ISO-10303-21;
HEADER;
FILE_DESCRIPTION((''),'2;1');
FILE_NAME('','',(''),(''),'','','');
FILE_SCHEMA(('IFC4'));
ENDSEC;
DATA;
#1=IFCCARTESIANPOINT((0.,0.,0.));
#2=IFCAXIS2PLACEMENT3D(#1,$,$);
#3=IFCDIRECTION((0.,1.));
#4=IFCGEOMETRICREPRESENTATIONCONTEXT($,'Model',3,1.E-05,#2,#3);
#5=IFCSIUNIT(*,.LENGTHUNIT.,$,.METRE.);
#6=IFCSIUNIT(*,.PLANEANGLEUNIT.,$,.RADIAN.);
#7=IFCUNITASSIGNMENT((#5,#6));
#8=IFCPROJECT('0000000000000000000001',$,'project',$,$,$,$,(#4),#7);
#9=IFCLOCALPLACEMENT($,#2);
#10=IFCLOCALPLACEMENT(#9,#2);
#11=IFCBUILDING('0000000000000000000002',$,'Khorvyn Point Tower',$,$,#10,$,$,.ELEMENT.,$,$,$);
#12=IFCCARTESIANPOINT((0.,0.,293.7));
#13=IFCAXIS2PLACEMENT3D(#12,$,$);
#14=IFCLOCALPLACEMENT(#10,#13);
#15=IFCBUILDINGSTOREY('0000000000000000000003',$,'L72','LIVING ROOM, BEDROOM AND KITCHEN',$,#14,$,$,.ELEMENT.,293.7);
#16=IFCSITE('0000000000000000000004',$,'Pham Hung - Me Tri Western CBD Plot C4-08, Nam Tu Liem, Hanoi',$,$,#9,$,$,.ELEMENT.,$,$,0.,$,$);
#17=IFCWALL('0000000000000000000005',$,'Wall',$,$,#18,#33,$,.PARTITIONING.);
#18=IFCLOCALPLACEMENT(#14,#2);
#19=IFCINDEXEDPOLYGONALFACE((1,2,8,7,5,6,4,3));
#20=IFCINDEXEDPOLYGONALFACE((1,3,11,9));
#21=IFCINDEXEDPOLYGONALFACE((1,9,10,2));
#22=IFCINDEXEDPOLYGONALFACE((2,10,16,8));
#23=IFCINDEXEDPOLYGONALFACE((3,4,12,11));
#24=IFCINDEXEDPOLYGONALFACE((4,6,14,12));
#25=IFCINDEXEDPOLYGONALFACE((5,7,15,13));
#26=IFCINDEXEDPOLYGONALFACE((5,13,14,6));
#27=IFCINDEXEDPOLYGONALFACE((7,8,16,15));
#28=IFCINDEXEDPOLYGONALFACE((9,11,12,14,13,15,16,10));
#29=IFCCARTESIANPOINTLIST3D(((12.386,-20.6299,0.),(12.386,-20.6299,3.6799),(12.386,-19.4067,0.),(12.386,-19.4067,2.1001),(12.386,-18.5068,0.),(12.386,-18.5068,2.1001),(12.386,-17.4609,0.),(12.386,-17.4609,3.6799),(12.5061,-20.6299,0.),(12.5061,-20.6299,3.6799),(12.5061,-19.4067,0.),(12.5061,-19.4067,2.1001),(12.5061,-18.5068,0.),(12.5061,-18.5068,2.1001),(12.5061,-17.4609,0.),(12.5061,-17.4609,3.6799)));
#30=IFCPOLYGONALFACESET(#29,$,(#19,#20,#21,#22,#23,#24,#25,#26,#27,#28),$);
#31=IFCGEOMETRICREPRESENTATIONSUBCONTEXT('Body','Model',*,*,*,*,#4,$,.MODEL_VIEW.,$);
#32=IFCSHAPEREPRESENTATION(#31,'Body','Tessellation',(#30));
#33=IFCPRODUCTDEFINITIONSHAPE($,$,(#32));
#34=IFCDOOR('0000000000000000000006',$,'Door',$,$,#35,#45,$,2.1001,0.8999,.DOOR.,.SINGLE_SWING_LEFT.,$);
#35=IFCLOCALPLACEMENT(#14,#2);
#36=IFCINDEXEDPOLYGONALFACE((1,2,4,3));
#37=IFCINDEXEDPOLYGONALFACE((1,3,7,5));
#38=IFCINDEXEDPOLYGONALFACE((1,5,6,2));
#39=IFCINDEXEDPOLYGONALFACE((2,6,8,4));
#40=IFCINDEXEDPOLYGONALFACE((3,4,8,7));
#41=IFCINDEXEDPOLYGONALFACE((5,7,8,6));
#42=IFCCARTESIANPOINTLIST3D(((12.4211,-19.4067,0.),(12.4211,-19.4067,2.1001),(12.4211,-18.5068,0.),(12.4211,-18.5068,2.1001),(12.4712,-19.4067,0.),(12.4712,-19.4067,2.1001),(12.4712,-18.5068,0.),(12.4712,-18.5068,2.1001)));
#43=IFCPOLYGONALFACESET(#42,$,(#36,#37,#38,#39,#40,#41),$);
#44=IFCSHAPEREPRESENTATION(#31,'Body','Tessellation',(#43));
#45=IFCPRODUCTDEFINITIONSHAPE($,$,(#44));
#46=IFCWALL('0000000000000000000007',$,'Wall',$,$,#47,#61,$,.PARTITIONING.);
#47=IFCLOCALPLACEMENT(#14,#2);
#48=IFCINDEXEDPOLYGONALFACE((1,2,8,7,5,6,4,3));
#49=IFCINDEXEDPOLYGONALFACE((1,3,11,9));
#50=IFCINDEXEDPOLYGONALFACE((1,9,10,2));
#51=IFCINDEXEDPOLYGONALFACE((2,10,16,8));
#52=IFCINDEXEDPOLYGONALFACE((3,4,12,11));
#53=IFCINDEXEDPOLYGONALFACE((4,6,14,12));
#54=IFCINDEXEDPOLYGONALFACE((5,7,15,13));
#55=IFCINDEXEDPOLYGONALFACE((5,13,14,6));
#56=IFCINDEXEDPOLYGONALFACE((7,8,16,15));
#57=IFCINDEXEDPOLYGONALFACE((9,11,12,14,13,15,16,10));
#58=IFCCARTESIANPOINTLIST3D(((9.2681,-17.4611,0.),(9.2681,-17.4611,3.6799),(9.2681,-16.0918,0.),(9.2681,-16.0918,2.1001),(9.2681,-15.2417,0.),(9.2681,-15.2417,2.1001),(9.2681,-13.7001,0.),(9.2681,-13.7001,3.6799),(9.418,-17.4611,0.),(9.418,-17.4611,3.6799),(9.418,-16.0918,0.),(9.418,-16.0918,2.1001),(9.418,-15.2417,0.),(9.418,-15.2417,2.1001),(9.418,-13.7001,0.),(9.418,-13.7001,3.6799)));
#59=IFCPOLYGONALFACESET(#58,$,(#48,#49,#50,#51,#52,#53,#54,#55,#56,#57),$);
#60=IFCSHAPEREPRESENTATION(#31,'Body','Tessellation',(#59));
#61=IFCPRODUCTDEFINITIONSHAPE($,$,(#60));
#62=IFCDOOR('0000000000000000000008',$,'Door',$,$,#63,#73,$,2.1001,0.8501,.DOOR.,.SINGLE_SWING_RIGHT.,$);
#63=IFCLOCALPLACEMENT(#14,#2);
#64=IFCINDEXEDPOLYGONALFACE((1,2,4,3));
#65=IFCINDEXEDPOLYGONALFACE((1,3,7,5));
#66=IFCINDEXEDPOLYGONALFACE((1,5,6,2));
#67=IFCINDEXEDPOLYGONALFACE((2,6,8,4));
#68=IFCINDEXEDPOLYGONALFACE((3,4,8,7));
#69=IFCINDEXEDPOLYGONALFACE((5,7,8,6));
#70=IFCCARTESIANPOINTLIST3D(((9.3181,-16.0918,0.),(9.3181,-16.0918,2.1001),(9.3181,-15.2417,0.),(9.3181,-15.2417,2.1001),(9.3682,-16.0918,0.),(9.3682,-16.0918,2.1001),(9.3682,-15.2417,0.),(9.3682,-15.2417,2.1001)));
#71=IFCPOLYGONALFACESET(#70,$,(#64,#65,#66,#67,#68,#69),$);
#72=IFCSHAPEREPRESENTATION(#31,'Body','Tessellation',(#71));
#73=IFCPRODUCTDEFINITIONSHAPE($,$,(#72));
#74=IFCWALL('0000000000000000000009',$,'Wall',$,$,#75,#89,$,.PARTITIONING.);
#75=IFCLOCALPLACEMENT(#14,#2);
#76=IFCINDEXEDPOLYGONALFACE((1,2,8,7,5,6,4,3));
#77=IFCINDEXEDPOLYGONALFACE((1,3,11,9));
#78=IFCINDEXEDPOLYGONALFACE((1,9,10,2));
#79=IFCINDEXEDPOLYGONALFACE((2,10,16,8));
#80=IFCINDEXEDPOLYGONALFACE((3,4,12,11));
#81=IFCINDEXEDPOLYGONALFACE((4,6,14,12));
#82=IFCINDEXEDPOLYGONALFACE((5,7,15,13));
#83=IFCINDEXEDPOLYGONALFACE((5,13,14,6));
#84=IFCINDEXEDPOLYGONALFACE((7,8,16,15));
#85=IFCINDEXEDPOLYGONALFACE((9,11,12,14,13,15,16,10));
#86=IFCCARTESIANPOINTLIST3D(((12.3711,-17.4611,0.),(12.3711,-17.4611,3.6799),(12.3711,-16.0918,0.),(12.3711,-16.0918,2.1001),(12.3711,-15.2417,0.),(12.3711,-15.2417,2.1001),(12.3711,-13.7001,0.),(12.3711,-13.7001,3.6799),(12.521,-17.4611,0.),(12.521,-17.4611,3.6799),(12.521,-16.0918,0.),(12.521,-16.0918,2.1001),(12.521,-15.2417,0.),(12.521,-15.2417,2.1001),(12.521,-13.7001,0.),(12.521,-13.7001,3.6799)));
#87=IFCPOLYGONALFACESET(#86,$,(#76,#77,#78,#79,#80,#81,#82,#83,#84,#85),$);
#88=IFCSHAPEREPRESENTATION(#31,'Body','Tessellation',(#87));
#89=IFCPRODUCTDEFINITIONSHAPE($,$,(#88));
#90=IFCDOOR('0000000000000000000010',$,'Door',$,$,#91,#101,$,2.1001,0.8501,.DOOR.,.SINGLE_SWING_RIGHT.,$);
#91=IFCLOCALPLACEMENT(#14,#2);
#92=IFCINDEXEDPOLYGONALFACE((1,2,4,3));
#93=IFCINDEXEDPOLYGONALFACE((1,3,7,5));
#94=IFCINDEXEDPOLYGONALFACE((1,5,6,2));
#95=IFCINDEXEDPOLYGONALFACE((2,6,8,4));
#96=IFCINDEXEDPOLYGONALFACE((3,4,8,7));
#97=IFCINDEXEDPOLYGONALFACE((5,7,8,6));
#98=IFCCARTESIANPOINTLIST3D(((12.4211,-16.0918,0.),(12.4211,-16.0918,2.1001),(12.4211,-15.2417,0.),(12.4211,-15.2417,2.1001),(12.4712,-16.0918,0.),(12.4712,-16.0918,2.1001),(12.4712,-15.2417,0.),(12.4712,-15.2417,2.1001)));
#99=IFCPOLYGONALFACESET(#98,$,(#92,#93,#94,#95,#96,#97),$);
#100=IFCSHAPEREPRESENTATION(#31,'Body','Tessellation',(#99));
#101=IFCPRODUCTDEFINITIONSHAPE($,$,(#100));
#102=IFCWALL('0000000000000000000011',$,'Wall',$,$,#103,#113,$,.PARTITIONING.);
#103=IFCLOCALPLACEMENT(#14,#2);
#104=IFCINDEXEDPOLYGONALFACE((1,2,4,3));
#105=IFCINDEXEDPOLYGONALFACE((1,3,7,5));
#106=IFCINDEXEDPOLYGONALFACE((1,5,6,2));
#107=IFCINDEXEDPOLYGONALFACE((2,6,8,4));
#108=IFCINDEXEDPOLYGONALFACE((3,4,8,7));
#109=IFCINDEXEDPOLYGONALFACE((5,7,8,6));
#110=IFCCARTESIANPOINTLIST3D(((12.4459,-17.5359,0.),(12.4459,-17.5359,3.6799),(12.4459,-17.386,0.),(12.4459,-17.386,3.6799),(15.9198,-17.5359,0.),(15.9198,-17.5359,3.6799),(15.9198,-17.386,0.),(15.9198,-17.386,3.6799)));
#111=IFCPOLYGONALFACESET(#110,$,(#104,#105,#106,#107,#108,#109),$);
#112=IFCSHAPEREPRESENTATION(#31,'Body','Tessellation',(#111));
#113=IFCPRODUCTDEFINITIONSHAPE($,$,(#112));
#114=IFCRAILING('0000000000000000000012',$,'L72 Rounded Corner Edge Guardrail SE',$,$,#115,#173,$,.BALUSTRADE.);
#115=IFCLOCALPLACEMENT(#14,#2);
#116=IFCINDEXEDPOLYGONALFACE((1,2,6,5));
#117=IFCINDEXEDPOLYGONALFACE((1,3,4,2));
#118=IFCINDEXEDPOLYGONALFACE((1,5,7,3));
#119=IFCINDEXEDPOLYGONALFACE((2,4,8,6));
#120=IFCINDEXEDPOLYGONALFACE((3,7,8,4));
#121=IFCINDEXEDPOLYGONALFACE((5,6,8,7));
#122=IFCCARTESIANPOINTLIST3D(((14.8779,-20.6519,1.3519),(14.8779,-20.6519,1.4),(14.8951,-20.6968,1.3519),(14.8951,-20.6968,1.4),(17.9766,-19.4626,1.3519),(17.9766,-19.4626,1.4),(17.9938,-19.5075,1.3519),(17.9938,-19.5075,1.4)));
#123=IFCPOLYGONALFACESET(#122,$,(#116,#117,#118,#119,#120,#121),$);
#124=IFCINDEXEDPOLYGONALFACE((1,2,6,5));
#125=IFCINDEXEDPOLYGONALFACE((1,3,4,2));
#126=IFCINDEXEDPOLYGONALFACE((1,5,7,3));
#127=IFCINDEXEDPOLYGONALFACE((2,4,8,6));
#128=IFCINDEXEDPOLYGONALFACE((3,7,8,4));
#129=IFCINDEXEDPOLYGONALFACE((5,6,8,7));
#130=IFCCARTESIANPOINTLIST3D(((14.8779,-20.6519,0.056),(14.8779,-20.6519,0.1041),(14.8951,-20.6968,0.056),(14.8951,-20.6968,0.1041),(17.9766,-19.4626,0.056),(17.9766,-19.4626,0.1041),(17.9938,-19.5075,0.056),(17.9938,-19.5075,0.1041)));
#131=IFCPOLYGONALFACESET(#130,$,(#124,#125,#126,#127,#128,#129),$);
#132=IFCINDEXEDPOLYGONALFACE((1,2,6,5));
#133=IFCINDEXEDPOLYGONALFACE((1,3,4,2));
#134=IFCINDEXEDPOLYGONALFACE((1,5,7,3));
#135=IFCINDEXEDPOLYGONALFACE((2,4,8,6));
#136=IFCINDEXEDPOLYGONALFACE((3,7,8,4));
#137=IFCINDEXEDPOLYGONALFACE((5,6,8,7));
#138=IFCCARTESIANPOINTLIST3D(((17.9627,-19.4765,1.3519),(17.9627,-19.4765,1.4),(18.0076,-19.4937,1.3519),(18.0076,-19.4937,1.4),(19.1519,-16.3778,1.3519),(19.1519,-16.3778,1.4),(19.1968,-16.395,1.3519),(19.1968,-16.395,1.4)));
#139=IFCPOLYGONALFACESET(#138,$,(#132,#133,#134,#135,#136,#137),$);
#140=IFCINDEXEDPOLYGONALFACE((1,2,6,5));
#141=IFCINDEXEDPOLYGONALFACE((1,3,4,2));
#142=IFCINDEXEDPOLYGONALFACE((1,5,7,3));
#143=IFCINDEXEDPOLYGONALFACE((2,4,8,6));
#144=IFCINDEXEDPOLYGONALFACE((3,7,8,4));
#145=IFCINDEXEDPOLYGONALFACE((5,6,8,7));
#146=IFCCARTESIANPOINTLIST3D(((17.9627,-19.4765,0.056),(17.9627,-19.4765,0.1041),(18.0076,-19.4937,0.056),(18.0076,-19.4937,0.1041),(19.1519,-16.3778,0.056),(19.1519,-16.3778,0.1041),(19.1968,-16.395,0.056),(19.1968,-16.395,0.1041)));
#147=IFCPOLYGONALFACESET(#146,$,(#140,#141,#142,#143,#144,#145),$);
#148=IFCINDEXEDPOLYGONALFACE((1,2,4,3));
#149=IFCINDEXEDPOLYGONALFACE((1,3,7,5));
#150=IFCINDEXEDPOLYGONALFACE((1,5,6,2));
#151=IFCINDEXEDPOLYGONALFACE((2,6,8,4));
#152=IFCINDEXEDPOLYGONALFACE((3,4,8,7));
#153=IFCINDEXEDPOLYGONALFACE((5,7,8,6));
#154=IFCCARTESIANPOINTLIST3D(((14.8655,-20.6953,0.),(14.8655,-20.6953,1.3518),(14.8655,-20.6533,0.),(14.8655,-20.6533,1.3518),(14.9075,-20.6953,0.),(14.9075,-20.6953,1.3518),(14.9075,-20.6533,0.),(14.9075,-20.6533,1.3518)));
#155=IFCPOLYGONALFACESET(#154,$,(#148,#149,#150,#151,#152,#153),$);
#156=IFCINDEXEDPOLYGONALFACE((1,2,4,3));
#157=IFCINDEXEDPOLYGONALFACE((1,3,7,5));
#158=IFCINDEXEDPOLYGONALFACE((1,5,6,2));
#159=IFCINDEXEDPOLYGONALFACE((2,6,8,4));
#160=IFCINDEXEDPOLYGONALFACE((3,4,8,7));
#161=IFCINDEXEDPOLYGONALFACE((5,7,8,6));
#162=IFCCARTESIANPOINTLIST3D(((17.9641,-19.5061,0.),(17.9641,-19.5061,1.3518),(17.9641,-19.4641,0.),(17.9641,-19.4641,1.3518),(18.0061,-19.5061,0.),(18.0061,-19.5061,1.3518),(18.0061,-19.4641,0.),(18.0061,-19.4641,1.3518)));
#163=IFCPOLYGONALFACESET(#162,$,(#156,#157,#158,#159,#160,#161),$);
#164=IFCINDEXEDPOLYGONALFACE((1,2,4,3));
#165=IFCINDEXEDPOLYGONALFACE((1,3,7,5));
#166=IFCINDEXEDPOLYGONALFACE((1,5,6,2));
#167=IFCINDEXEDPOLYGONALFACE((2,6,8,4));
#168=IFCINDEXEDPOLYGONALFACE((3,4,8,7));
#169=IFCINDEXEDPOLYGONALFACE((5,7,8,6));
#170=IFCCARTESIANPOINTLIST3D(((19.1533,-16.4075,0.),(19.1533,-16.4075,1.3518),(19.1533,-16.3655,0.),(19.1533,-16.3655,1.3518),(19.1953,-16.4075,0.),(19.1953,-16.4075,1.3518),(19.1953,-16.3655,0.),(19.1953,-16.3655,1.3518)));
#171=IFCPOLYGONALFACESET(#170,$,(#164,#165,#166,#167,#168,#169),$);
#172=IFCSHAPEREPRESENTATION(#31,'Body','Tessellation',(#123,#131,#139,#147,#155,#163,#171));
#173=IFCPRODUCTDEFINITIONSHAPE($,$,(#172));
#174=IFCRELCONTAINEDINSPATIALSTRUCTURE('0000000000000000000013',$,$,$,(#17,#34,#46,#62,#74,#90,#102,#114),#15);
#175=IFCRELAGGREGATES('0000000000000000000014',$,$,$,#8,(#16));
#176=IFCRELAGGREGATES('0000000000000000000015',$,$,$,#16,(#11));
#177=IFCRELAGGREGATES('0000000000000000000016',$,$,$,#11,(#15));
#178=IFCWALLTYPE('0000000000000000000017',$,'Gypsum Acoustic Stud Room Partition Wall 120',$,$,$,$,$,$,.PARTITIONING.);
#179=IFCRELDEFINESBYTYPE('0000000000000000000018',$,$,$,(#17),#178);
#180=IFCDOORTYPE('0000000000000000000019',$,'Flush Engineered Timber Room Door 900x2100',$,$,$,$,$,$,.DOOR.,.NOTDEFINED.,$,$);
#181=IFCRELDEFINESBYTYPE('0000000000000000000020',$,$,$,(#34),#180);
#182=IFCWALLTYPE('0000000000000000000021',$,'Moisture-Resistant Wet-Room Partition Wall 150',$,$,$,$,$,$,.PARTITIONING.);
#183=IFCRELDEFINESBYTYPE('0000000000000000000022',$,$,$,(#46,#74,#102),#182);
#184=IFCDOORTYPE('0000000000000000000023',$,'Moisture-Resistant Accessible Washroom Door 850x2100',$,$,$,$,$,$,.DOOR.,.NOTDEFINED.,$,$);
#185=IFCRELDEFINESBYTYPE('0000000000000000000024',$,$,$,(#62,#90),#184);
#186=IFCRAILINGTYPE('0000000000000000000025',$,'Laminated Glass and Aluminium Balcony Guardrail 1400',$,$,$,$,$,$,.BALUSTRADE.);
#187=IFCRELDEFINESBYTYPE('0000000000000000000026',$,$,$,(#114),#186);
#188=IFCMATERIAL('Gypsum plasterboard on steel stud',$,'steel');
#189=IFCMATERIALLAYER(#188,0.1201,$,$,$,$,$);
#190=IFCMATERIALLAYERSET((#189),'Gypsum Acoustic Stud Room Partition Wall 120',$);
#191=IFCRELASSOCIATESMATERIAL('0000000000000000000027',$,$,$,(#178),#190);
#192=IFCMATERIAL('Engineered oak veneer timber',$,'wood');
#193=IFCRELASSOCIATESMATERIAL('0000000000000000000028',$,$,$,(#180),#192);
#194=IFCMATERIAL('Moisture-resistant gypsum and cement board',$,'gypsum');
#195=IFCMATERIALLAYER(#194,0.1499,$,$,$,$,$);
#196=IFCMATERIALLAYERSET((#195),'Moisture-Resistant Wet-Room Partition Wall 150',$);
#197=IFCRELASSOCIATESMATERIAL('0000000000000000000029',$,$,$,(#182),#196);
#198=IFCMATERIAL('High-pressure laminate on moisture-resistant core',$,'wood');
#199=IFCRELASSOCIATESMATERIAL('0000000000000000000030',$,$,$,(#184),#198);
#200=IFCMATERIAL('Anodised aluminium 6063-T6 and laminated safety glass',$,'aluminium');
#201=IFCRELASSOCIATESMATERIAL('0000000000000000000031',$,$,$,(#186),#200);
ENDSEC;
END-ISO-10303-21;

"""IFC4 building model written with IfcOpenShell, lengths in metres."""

from ifc_helpers import new_model, si_unit, direction, frame, frame_2d, origin, origin_2d, place, context, subcontext, project, spatial, rectangle, extrude, material, layer, layer_set, type_object, element, fill, save


model = new_model("IFC4")

# Units and contexts
model_context = context("Model", 3, precision=1e-05, world=origin(), true_north=direction((0.0, 1.0)))
body_context = subcontext(model_context, "Body", "Model", "MODEL_VIEW")
ifc_project = project(units=[si_unit("LENGTHUNIT", "METRE"), si_unit("PLANEANGLEUNIT", "RADIAN")], contexts=[model_context])

# Site, building, storey
site_placement = place(None, origin())
site = spatial("IfcSite", under=ifc_project, at=site_placement, Name="Pham Hung - Me Tri Western CBD Plot C4-08, Nam Tu Liem, Hanoi", CompositionType="ELEMENT", RefElevation=0.0)
building_placement = place(site_placement, origin())
building = spatial("IfcBuilding", under=site, at=building_placement, Name="Khorvyn Point Tower", CompositionType="ELEMENT")
storey_placement = place(building_placement, frame((0.0, 0.0, 293.7)))
storey = spatial("IfcBuildingStorey", under=building, at=storey_placement, Name="L72", Description="LIVING ROOM, BEDROOM AND KITCHEN", CompositionType="ELEMENT", Elevation=293.7)

# Walls, openings, doors
ifc_material_1 = material(Name="Gypsum plasterboard on steel stud", Category="steel")
ifc_layer_1 = layer(ifc_material_1, 0.1201)
ifc_layer_set_1 = layer_set([ifc_layer_1], Name="Gypsum Acoustic Stud Room Partition Wall 120")
wall_type_1 = type_object("IfcWallType", Name="Gypsum Acoustic Stud Room Partition Wall 120", PredefinedType="PARTITIONING", material=ifc_layer_set_1)
ifc_material_2 = material(Name="Engineered oak veneer timber", Category="wood")
door_type_1 = type_object("IfcDoorType", Name="Flush Engineered Timber Room Door 900x2100", OperationType="NOTDEFINED", PredefinedType="DOOR", material=ifc_material_2)
wall_1_placement = place(storey_placement, frame((12.446, -20.6299, 0.0), z_axis=(0.0, 0.0, 1.0), x_axis=(0.0, 1.0, 0.0)))
wall_1 = element("IfcWall", 1, at=wall_1_placement, inside=storey, type_object=wall_type_1, Name="Wall", PredefinedType="PARTITIONING", context=body_context, shape_type="SweptSolid", body=[
    extrude(rectangle(XDim=3.1689, YDim=0.1201, at=frame_2d((1.5845, 0.0))), origin(), (0.0, 0.0, 1.0), 3.6799),
])
opening_1_placement = place(wall_1_placement, frame((1.2231, 0.0, 0.0)))
opening_1 = element("IfcOpeningElement", 2, at=opening_1_placement, cuts=wall_1, PredefinedType="OPENING", context=body_context, shape_type="SweptSolid", body=[
    extrude(rectangle(XDim=0.8999, YDim=2.1001, at=frame_2d((0.45, 1.05))), frame((0.0, 0.0701, 0.0), z_axis=(0.0, -1.0, 0.0), x_axis=(1.0, 0.0, 0.0)), (0.0, 0.0, 1.0), 0.1401),
])
door_1_placement = place(opening_1_placement, origin())
door_1 = element("IfcDoor", 3, at=door_1_placement, inside=storey, type_object=door_type_1, Name="Door", OperationType="SINGLE_SWING_LEFT", OverallHeight=2.1001, OverallWidth=0.8999, PredefinedType="DOOR", context=body_context, shape_type="SweptSolid", body=[
    extrude(rectangle(XDim=0.8999, YDim=2.1001, at=frame_2d((0.45, 1.05))), frame((0.0, 0.0249, 0.0), z_axis=(0.0, -1.0, 0.0), x_axis=(1.0, 0.0, 0.0)), (0.0, 0.0, 1.0), 0.05),
])
fill(opening_1, door_1)
ifc_material_3 = material(Name="Moisture-resistant gypsum and cement board", Category="gypsum")
ifc_layer_2 = layer(ifc_material_3, 0.1499)
ifc_layer_set_2 = layer_set([ifc_layer_2], Name="Moisture-Resistant Wet-Room Partition Wall 150")
wall_type_2 = type_object("IfcWallType", Name="Moisture-Resistant Wet-Room Partition Wall 150", PredefinedType="PARTITIONING", material=ifc_layer_set_2)
wall_2_placement = place(storey_placement, frame((9.343, -17.4609, 0.0), z_axis=(0.0, 0.0, 1.0), x_axis=(0.0, 1.0, 0.0)))
wall_2 = element("IfcWall", 4, at=wall_2_placement, inside=storey, type_object=wall_type_2, Name="Wall", PredefinedType="PARTITIONING", context=body_context, shape_type="SweptSolid", body=[
    extrude(rectangle(XDim=3.761, YDim=0.1499, at=frame_2d((1.8804, 0.0))), origin(), (0.0, 0.0, 1.0), 3.6799),
])
opening_2_placement = place(wall_2_placement, frame((1.3691, 0.0, 0.0)))
opening_2 = element("IfcOpeningElement", 5, at=opening_2_placement, cuts=wall_2, PredefinedType="OPENING", context=body_context, shape_type="SweptSolid", body=[
    extrude(rectangle(XDim=0.8501, YDim=2.1001, at=frame_2d((0.425, 1.05))), frame((0.0, 0.085, 0.0), z_axis=(0.0, -1.0, 0.0), x_axis=(1.0, 0.0, 0.0)), (0.0, 0.0, 1.0), 0.1699),
])
ifc_material_4 = material(Name="High-pressure laminate on moisture-resistant core", Category="wood")
door_type_2 = type_object("IfcDoorType", Name="Moisture-Resistant Accessible Washroom Door 850x2100", OperationType="NOTDEFINED", PredefinedType="DOOR", material=ifc_material_4)
door_2_placement = place(opening_2_placement, origin())
door_2 = element("IfcDoor", 6, at=door_2_placement, inside=storey, type_object=door_type_2, Name="Door", OperationType="SINGLE_SWING_RIGHT", OverallHeight=2.1001, OverallWidth=0.8501, PredefinedType="DOOR", context=body_context, shape_type="SweptSolid", body=[
    extrude(rectangle(XDim=0.8501, YDim=2.1001, at=frame_2d((0.425, 1.05))), frame((0.0, 0.0249, 0.0), z_axis=(0.0, -1.0, 0.0), x_axis=(1.0, 0.0, 0.0)), (0.0, 0.0, 1.0), 0.05),
])
fill(opening_2, door_2)
wall_3_placement = place(storey_placement, frame((12.446, -17.4609, 0.0), z_axis=(0.0, 0.0, 1.0), x_axis=(0.0, 1.0, 0.0)))
wall_3 = element("IfcWall", 7, at=wall_3_placement, inside=storey, type_object=wall_type_2, Name="Wall", PredefinedType="PARTITIONING", context=body_context, shape_type="SweptSolid", body=[
    extrude(rectangle(XDim=3.761, YDim=0.1499, at=frame_2d((1.8804, 0.0))), origin(), (0.0, 0.0, 1.0), 3.6799),
])
opening_3_placement = place(wall_3_placement, frame((1.3691, 0.0, 0.0)))
opening_3 = element("IfcOpeningElement", 8, at=opening_3_placement, cuts=wall_3, PredefinedType="OPENING", context=body_context, shape_type="SweptSolid", body=[
    extrude(rectangle(XDim=0.8501, YDim=2.1001, at=frame_2d((0.425, 1.05))), frame((0.0, 0.085, 0.0), z_axis=(0.0, -1.0, 0.0), x_axis=(1.0, 0.0, 0.0)), (0.0, 0.0, 1.0), 0.1699),
])
door_3_placement = place(opening_3_placement, origin())
door_3 = element("IfcDoor", 9, at=door_3_placement, inside=storey, type_object=door_type_2, Name="Door", OperationType="SINGLE_SWING_RIGHT", OverallHeight=2.1001, OverallWidth=0.8501, PredefinedType="DOOR", context=body_context, shape_type="SweptSolid", body=[
    extrude(rectangle(XDim=0.8501, YDim=2.1001, at=frame_2d((0.425, 1.05))), frame((0.0, 0.0249, 0.0), z_axis=(0.0, -1.0, 0.0), x_axis=(1.0, 0.0, 0.0)), (0.0, 0.0, 1.0), 0.05),
])
fill(opening_3, door_3)

# Wall
wall_4_placement = place(storey_placement, frame((12.446, -17.4609, 0.0), z_axis=(0.0, 0.0, 1.0), x_axis=(1.0, 0.0, 0.0)))
element("IfcWall", 10, at=wall_4_placement, inside=storey, type_object=wall_type_2, Name="Wall", PredefinedType="PARTITIONING", context=body_context, shape_type="SweptSolid", body=[
    extrude(rectangle(XDim=3.4739, YDim=0.1499, at=frame_2d((1.7368, 0.0))), origin(), (0.0, 0.0, 1.0), 3.6799),
])

# Railing
ifc_material_5 = material(Name="Anodised aluminium 6063-T6 and laminated safety glass", Category="aluminium")
railing_type = type_object("IfcRailingType", Name="Laminated Glass and Aluminium Balcony Guardrail 1400", PredefinedType="BALUSTRADE", material=ifc_material_5)
railing_placement = place(storey_placement, frame((14.8865, -20.6743, 0.0)))
element("IfcRailing", 11, at=railing_placement, inside=storey, type_object=railing_type, Name="L72 Rounded Corner Edge Guardrail SE", PredefinedType="BALUSTRADE", context=body_context, shape_type="SweptSolid", body=[
    extrude(rectangle(XDim=0.0481, YDim=0.0481, at=origin_2d()), frame((0.0, 0.0, 1.376), z_axis=(0.933605, 0.358304, 0.0), x_axis=(-0.358304, 0.933605, 0.0)), (0.0, 0.0, 1.0), 3.3191),
    extrude(rectangle(XDim=0.0481, YDim=0.0481, at=origin_2d()), frame((0.0, 0.0, 0.0801), z_axis=(0.933605, 0.358304, 0.0), x_axis=(-0.358304, 0.933605, 0.0)), (0.0, 0.0, 1.0), 3.3191),
    extrude(rectangle(XDim=0.0481, YDim=0.0481, at=origin_2d()), frame((3.0986, 1.1892, 1.376), z_axis=(0.358304, 0.933605, 0.0), x_axis=(-0.933605, 0.358304, 0.0)), (0.0, 0.0, 1.0), 3.3191),
    extrude(rectangle(XDim=0.0481, YDim=0.0481, at=origin_2d()), frame((3.0986, 1.1892, 0.0801), z_axis=(0.358304, 0.933605, 0.0), x_axis=(-0.933605, 0.358304, 0.0)), (0.0, 0.0, 1.0), 3.3191),
    extrude(rectangle(XDim=0.042, YDim=0.042, at=origin_2d()), origin(), (0.0, 0.0, 1.0), 1.3518),
    extrude(rectangle(XDim=0.042, YDim=0.042, at=origin_2d()), frame((3.0986, 1.1892, 0.0)), (0.0, 0.0, 1.0), 1.3518),
    extrude(rectangle(XDim=0.042, YDim=0.042, at=origin_2d()), frame((4.2878, 4.2878, 0.0)), (0.0, 0.0, 1.0), 1.3518),
])

save(model, "model.ifc")
